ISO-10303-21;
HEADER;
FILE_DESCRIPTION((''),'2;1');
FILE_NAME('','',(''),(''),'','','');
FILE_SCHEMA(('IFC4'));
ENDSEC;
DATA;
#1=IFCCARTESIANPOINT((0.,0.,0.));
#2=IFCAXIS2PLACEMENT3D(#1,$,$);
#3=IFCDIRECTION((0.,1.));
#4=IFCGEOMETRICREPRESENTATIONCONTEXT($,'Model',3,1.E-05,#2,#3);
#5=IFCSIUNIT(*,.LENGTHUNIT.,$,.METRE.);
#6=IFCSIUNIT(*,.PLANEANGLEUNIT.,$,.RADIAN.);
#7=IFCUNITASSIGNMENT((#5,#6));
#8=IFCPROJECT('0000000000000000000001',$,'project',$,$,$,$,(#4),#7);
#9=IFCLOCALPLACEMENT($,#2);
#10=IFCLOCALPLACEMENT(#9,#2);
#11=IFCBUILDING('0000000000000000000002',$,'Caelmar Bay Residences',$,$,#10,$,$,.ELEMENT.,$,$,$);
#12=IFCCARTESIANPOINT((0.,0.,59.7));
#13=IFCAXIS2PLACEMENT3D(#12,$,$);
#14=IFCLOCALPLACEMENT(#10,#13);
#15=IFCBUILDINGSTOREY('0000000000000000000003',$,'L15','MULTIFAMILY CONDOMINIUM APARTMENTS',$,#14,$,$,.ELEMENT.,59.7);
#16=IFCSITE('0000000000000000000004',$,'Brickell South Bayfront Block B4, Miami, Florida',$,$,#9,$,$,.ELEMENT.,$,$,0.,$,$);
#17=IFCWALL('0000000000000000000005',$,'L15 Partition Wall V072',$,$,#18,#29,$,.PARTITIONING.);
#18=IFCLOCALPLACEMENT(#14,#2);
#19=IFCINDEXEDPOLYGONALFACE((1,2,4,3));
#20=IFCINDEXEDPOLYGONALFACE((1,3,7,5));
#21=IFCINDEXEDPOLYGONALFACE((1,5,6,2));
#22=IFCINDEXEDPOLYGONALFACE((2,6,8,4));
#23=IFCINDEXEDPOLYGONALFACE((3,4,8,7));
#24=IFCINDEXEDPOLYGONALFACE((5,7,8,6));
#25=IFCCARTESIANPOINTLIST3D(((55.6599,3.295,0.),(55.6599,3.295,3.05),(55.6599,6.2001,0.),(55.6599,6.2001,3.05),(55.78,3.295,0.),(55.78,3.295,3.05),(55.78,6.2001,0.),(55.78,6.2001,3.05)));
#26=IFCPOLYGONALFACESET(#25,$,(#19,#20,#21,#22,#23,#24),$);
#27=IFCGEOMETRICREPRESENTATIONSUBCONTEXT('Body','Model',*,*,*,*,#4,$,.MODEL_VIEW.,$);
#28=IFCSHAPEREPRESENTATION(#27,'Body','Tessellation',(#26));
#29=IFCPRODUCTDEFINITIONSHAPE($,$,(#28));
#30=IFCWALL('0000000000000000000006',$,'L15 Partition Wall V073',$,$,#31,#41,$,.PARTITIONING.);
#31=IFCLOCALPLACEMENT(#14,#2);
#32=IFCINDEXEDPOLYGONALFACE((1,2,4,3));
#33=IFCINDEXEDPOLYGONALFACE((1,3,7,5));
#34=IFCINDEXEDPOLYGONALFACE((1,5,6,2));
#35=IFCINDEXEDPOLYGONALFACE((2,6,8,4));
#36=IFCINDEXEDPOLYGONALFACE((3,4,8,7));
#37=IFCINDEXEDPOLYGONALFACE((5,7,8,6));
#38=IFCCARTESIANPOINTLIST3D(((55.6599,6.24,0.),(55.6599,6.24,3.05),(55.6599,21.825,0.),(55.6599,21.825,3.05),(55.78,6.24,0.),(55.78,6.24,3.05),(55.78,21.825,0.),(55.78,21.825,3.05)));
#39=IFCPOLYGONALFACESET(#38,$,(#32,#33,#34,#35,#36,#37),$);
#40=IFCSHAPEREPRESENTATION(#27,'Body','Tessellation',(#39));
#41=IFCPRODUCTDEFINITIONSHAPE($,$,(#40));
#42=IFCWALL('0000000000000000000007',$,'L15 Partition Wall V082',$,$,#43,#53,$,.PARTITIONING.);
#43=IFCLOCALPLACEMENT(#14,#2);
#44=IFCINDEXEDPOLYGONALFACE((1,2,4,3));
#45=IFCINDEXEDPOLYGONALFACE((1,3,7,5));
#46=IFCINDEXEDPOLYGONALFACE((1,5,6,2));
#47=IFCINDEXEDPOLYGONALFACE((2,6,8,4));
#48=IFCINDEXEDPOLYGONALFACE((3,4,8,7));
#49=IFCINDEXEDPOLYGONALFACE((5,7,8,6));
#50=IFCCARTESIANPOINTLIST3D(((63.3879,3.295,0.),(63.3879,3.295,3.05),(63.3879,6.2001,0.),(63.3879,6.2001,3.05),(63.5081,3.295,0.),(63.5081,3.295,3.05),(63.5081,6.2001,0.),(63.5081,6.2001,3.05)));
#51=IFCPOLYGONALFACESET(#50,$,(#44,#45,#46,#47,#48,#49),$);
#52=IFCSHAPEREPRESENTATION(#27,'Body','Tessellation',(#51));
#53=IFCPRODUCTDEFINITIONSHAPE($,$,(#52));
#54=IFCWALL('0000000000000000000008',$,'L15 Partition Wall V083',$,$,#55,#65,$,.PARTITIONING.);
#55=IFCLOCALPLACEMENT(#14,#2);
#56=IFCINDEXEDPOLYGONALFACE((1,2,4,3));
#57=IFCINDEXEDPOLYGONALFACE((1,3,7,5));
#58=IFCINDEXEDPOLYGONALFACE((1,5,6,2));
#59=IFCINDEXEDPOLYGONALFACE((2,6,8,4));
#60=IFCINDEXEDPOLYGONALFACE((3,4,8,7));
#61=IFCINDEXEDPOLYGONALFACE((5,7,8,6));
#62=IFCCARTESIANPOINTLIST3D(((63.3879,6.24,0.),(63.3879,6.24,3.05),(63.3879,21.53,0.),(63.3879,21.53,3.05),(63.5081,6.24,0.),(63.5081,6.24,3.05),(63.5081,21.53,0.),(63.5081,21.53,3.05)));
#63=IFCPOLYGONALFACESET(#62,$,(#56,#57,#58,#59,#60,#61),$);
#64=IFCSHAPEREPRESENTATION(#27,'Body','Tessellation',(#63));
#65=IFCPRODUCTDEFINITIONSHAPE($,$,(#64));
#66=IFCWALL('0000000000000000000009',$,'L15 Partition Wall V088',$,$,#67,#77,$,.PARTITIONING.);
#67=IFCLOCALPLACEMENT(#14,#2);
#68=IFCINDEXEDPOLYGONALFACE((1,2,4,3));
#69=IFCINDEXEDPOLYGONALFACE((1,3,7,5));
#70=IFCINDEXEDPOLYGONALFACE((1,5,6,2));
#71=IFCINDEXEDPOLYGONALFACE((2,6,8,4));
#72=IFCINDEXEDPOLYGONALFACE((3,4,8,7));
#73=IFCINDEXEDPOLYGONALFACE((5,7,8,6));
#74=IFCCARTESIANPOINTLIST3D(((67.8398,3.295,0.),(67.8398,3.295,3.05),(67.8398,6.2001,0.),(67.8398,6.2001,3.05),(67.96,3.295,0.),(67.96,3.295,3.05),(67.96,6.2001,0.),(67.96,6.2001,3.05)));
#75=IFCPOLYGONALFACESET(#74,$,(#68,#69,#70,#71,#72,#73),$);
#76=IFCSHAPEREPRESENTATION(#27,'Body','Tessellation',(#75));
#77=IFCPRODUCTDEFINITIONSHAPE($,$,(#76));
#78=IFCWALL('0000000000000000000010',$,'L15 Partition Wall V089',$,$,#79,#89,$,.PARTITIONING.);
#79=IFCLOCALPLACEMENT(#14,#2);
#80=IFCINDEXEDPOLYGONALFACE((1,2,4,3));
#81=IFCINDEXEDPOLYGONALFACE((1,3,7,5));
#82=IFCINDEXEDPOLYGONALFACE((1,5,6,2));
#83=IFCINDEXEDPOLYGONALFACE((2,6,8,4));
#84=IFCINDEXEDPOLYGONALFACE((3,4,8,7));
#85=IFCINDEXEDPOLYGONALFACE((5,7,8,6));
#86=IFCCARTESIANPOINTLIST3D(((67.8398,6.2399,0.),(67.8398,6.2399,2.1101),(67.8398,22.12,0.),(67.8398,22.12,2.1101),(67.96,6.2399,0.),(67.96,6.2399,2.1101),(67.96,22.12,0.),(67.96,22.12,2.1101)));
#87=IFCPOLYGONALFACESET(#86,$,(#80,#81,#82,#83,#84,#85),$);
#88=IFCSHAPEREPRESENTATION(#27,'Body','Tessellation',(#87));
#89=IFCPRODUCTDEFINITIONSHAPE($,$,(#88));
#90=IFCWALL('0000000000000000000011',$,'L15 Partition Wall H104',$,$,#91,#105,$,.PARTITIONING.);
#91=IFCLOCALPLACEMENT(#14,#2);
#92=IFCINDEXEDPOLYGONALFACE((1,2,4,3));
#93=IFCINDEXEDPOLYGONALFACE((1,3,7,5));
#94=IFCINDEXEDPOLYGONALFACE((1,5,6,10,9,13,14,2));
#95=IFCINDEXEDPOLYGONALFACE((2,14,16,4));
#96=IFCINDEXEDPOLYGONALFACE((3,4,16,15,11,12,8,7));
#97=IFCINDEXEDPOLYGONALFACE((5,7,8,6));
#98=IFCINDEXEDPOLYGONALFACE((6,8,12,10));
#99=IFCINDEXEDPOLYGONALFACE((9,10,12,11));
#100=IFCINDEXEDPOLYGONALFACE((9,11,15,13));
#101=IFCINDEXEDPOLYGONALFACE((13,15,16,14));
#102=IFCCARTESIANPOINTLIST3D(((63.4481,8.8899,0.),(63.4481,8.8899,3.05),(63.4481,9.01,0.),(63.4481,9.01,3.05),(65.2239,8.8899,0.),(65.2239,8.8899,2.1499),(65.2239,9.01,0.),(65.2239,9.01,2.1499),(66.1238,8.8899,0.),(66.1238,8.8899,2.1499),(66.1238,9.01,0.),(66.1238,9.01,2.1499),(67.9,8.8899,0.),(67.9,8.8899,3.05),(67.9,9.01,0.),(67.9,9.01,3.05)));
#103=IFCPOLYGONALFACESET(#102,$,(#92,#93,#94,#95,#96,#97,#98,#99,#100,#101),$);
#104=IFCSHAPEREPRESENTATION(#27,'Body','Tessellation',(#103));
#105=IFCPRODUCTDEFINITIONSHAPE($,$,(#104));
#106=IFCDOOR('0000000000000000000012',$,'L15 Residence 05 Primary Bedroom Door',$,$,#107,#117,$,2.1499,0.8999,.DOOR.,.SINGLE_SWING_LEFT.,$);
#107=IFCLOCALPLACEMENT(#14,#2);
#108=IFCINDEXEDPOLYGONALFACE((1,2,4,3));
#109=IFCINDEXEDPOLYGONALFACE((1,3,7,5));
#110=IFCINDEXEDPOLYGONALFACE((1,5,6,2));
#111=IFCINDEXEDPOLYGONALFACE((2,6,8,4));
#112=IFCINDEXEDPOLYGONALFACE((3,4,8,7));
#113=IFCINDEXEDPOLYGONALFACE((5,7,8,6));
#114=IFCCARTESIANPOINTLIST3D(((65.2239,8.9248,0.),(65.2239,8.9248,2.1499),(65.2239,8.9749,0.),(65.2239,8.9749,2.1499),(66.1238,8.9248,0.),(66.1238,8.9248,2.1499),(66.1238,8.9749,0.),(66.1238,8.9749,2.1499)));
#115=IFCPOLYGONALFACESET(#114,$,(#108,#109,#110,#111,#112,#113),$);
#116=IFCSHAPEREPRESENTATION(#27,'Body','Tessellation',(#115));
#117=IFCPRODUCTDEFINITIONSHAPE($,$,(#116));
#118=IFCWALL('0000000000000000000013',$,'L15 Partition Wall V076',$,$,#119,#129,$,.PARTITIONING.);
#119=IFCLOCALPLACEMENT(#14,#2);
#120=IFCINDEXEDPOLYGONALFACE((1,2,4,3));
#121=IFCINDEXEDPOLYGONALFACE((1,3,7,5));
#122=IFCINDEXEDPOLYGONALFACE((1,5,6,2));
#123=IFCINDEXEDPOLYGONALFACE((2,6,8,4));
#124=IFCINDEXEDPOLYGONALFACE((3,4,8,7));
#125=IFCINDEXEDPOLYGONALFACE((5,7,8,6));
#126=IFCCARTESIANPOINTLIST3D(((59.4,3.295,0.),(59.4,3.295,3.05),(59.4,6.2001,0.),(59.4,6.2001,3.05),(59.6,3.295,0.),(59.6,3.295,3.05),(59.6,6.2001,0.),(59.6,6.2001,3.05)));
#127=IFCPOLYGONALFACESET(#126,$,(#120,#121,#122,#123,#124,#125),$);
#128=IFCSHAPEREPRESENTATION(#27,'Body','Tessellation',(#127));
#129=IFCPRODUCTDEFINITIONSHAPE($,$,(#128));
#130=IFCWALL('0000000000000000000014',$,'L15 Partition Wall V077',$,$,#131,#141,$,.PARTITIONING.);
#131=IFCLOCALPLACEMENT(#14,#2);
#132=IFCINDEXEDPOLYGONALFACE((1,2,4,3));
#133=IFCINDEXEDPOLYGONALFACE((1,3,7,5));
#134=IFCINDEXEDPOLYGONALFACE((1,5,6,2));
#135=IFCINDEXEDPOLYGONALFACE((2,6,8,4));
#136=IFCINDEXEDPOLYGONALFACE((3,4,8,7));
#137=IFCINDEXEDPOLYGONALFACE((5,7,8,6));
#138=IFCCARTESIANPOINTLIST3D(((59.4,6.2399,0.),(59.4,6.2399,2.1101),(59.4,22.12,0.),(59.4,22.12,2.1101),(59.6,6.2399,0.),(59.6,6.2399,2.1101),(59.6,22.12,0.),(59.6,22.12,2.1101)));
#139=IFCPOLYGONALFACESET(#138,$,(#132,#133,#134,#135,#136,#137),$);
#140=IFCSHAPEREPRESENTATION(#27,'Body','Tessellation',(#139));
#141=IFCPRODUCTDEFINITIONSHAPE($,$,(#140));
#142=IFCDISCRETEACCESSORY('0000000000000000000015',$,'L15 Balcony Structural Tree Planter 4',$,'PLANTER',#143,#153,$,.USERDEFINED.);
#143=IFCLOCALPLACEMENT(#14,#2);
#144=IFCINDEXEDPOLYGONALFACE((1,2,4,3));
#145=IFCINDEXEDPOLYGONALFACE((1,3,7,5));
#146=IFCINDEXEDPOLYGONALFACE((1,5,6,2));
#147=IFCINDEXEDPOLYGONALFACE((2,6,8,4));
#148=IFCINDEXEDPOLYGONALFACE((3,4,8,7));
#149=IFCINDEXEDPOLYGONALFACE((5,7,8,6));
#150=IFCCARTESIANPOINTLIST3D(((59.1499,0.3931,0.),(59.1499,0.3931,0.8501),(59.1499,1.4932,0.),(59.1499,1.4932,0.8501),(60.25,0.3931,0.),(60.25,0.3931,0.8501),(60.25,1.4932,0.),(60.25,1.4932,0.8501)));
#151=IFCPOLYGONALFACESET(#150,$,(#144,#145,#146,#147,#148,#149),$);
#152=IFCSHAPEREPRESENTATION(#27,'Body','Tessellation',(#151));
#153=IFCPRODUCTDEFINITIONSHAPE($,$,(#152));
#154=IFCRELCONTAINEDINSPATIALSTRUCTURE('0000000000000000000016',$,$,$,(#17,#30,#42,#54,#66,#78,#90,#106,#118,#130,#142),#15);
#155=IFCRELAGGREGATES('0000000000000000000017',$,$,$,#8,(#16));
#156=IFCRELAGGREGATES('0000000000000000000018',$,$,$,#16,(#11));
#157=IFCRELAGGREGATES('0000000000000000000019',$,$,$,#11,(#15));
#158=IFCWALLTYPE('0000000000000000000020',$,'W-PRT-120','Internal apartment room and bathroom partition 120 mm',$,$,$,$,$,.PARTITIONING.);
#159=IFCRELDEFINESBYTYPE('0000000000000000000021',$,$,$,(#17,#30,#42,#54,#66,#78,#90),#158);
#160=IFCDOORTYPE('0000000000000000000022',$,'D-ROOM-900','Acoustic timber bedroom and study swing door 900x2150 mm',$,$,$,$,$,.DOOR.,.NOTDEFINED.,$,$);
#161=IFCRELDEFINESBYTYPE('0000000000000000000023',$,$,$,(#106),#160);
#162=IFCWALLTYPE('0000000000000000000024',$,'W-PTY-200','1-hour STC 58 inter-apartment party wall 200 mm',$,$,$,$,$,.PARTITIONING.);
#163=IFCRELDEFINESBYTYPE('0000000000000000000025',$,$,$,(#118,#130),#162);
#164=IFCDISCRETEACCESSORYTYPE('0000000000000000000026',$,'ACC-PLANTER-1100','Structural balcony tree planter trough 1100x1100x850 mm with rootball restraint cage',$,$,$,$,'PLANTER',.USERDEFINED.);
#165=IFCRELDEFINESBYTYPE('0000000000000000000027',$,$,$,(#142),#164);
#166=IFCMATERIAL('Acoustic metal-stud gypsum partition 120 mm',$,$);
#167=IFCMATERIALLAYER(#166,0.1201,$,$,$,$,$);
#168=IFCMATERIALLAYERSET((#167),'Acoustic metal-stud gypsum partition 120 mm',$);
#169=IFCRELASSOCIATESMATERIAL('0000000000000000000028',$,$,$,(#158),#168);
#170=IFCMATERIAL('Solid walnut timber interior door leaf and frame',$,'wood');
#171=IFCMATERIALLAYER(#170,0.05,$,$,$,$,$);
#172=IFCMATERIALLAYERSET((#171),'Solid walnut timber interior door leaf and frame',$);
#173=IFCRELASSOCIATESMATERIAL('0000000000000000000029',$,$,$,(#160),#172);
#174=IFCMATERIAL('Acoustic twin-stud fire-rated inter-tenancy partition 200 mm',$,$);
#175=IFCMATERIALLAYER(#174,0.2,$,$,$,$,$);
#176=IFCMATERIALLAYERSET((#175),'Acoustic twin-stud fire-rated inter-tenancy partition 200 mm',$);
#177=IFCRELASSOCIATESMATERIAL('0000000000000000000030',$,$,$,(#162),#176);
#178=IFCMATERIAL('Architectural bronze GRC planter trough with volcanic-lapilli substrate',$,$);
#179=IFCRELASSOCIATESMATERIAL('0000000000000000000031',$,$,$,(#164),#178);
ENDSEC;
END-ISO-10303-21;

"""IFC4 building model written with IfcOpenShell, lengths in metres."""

from ifc_helpers import new_model, si_unit, direction, frame, frame_2d, origin, origin_2d, place, context, subcontext, project, spatial, rectangle, extrude, material, layer, layer_set, type_object, element, fill, save


model = new_model("IFC4")

# Units and contexts
model_context = context("Model", 3, precision=1e-05, world=origin(), true_north=direction((0.0, 1.0)))
body_context = subcontext(model_context, "Body", "Model", "MODEL_VIEW")
ifc_project = project(units=[si_unit("LENGTHUNIT", "METRE"), si_unit("PLANEANGLEUNIT", "RADIAN")], contexts=[model_context])

# Site, building, storey
site_placement = place(None, origin())
site = spatial("IfcSite", under=ifc_project, at=site_placement, Name="Brickell South Bayfront Block B4, Miami, Florida", CompositionType="ELEMENT", RefElevation=0.0)
building_placement = place(site_placement, origin())
building = spatial("IfcBuilding", under=site, at=building_placement, Name="Caelmar Bay Residences", CompositionType="ELEMENT")
storey_placement = place(building_placement, frame((0.0, 0.0, 59.7)))
storey = spatial("IfcBuildingStorey", under=building, at=storey_placement, Name="L15", Description="MULTIFAMILY CONDOMINIUM APARTMENTS", CompositionType="ELEMENT", Elevation=59.7)

# Walls
ifc_material_1 = material(Name="Acoustic metal-stud gypsum partition 120 mm")
ifc_layer_1 = layer(ifc_material_1, 0.1201)
ifc_layer_set_1 = layer_set([ifc_layer_1], Name="Acoustic metal-stud gypsum partition 120 mm")
wall_type_1 = type_object("IfcWallType", Name="W-PRT-120", Description="Internal apartment room and bathroom partition 120 mm", PredefinedType="PARTITIONING", material=ifc_layer_set_1)
wall_1_placement = place(storey_placement, frame((55.72, 3.2949, 0.0), z_axis=(0.0, 0.0, 1.0), x_axis=(0.0, 1.0, 0.0)))
element("IfcWall", 1, at=wall_1_placement, inside=storey, type_object=wall_type_1, Name="L15 Partition Wall V072", PredefinedType="PARTITIONING", context=body_context, shape_type="SweptSolid", body=[
    extrude(rectangle(XDim=2.905, YDim=0.1201, at=frame_2d((1.4526, 0.0))), origin(), (0.0, 0.0, 1.0), 3.05),
])
wall_2_placement = place(storey_placement, frame((55.72, 6.24, 0.0), z_axis=(0.0, 0.0, 1.0), x_axis=(0.0, 1.0, 0.0)))
element("IfcWall", 2, at=wall_2_placement, inside=storey, type_object=wall_type_1, Name="L15 Partition Wall V073", PredefinedType="PARTITIONING", context=body_context, shape_type="SweptSolid", body=[
    extrude(rectangle(XDim=15.585, YDim=0.1201, at=frame_2d((7.7925, 0.0))), origin(), (0.0, 0.0, 1.0), 3.05),
])
wall_3_placement = place(storey_placement, frame((63.448, 3.2949, 0.0), z_axis=(0.0, 0.0, 1.0), x_axis=(0.0, 1.0, 0.0)))
element("IfcWall", 3, at=wall_3_placement, inside=storey, type_object=wall_type_1, Name="L15 Partition Wall V082", PredefinedType="PARTITIONING", context=body_context, shape_type="SweptSolid", body=[
    extrude(rectangle(XDim=2.905, YDim=0.1201, at=frame_2d((1.4526, 0.0))), origin(), (0.0, 0.0, 1.0), 3.05),
])
wall_4_placement = place(storey_placement, frame((63.448, 6.24, 0.0), z_axis=(0.0, 0.0, 1.0), x_axis=(0.0, 1.0, 0.0)))
element("IfcWall", 4, at=wall_4_placement, inside=storey, type_object=wall_type_1, Name="L15 Partition Wall V083", PredefinedType="PARTITIONING", context=body_context, shape_type="SweptSolid", body=[
    extrude(rectangle(XDim=15.29, YDim=0.1201, at=frame_2d((7.645, 0.0))), origin(), (0.0, 0.0, 1.0), 3.05),
])
wall_5_placement = place(storey_placement, frame((67.8999, 3.2949, 0.0), z_axis=(0.0, 0.0, 1.0), x_axis=(0.0, 1.0, 0.0)))
element("IfcWall", 5, at=wall_5_placement, inside=storey, type_object=wall_type_1, Name="L15 Partition Wall V088", PredefinedType="PARTITIONING", context=body_context, shape_type="SweptSolid", body=[
    extrude(rectangle(XDim=2.905, YDim=0.1201, at=frame_2d((1.4526, 0.0))), origin(), (0.0, 0.0, 1.0), 3.05),
])
wall_6_placement = place(storey_placement, frame((67.8999, 6.24, 0.0), z_axis=(0.0, 0.0, 1.0), x_axis=(0.0, 1.0, 0.0)))
element("IfcWall", 6, at=wall_6_placement, inside=storey, type_object=wall_type_1, Name="L15 Partition Wall V089", PredefinedType="PARTITIONING", context=body_context, shape_type="SweptSolid", body=[
    extrude(rectangle(XDim=15.8801, YDim=0.1201, at=frame_2d((7.9399, 0.0))), origin(), (0.0, 0.0, 1.0), 2.1101),
])

# Wall, opening, door
ifc_material_2 = material(Name="Solid walnut timber interior door leaf and frame", Category="wood")
ifc_layer_2 = layer(ifc_material_2, 0.05)
ifc_layer_set_2 = layer_set([ifc_layer_2], Name="Solid walnut timber interior door leaf and frame")
door_type = type_object("IfcDoorType", Name="D-ROOM-900", Description="Acoustic timber bedroom and study swing door 900x2150 mm", OperationType="NOTDEFINED", PredefinedType="DOOR", material=ifc_layer_set_2)
wall_7_placement = place(storey_placement, frame((63.448, 8.95, 0.0), z_axis=(0.0, 0.0, 1.0), x_axis=(1.0, 0.0, 0.0)))
wall_7 = element("IfcWall", 7, at=wall_7_placement, inside=storey, type_object=wall_type_1, Name="L15 Partition Wall H104", PredefinedType="PARTITIONING", context=body_context, shape_type="SweptSolid", body=[
    extrude(rectangle(XDim=4.4519, YDim=0.1201, at=frame_2d((2.2261, 0.0))), origin(), (0.0, 0.0, 1.0), 3.05),
])
opening_1_placement = place(wall_7_placement, frame((1.7759, 0.0, 0.0)))
opening_1 = element("IfcOpeningElement", 8, at=opening_1_placement, cuts=wall_7, PredefinedType="OPENING", context=body_context, shape_type="SweptSolid", body=[
    extrude(rectangle(XDim=0.8999, YDim=2.1499, at=frame_2d((0.45, 1.075))), frame((0.0, 0.0701, 0.0), z_axis=(0.0, -1.0, 0.0), x_axis=(1.0, 0.0, 0.0)), (0.0, 0.0, 1.0), 0.1401),
])
door_1_placement = place(opening_1_placement, origin())
door_1 = element("IfcDoor", 9, at=door_1_placement, inside=storey, type_object=door_type, Name="L15 Residence 05 Primary Bedroom Door", OperationType="SINGLE_SWING_LEFT", OverallHeight=2.1499, OverallWidth=0.8999, PredefinedType="DOOR", context=body_context, shape_type="SweptSolid", body=[
    extrude(rectangle(XDim=0.8999, YDim=2.1499, at=frame_2d((0.45, 1.075))), frame((0.0, 0.0249, 0.0), z_axis=(0.0, -1.0, 0.0), x_axis=(1.0, 0.0, 0.0)), (0.0, 0.0, 1.0), 0.05),
])
fill(opening_1, door_1)

# Walls
ifc_material_3 = material(Name="Acoustic twin-stud fire-rated inter-tenancy partition 200 mm")
ifc_layer_3 = layer(ifc_material_3, 0.2)
ifc_layer_set_3 = layer_set([ifc_layer_3], Name="Acoustic twin-stud fire-rated inter-tenancy partition 200 mm")
wall_type_2 = type_object("IfcWallType", Name="W-PTY-200", Description="1-hour STC 58 inter-apartment party wall 200 mm", PredefinedType="PARTITIONING", material=ifc_layer_set_3)
wall_8_placement = place(storey_placement, frame((59.5, 3.2949, 0.0), z_axis=(0.0, 0.0, 1.0), x_axis=(0.0, 1.0, 0.0)))
element("IfcWall", 10, at=wall_8_placement, inside=storey, type_object=wall_type_2, Name="L15 Partition Wall V076", PredefinedType="PARTITIONING", context=body_context, shape_type="SweptSolid", body=[
    extrude(rectangle(XDim=2.905, YDim=0.2, at=frame_2d((1.4526, 0.0))), origin(), (0.0, 0.0, 1.0), 3.05),
])
wall_9_placement = place(storey_placement, frame((59.5, 6.24, 0.0), z_axis=(0.0, 0.0, 1.0), x_axis=(0.0, 1.0, 0.0)))
element("IfcWall", 11, at=wall_9_placement, inside=storey, type_object=wall_type_2, Name="L15 Partition Wall V077", PredefinedType="PARTITIONING", context=body_context, shape_type="SweptSolid", body=[
    extrude(rectangle(XDim=15.8801, YDim=0.2, at=frame_2d((7.9399, 0.0))), origin(), (0.0, 0.0, 1.0), 2.1101),
])

# Discrete accessory
ifc_material_4 = material(Name="Architectural bronze GRC planter trough with volcanic-lapilli substrate")
discrete_accessory_type = type_object("IfcDiscreteAccessoryType", Name="ACC-PLANTER-1100", Description="Structural balcony tree planter trough 1100x1100x850 mm with rootball restraint cage", ElementType="PLANTER", PredefinedType="USERDEFINED", material=ifc_material_4)
discrete_accessory_placement = place(storey_placement, frame((59.7, 0.9431, 0.0), z_axis=(0.0, 0.0, 1.0), x_axis=(1.0, 0.0, 0.0)))
element("IfcDiscreteAccessory", 12, at=discrete_accessory_placement, inside=storey, type_object=discrete_accessory_type, Name="L15 Balcony Structural Tree Planter 4", ObjectType="PLANTER", PredefinedType="USERDEFINED", context=body_context, shape_type="SweptSolid", body=[
    extrude(rectangle(XDim=1.1001, YDim=1.1001, at=origin_2d()), origin(), (0.0, 0.0, 1.0), 0.8501),
])

save(model, "model.ifc")
